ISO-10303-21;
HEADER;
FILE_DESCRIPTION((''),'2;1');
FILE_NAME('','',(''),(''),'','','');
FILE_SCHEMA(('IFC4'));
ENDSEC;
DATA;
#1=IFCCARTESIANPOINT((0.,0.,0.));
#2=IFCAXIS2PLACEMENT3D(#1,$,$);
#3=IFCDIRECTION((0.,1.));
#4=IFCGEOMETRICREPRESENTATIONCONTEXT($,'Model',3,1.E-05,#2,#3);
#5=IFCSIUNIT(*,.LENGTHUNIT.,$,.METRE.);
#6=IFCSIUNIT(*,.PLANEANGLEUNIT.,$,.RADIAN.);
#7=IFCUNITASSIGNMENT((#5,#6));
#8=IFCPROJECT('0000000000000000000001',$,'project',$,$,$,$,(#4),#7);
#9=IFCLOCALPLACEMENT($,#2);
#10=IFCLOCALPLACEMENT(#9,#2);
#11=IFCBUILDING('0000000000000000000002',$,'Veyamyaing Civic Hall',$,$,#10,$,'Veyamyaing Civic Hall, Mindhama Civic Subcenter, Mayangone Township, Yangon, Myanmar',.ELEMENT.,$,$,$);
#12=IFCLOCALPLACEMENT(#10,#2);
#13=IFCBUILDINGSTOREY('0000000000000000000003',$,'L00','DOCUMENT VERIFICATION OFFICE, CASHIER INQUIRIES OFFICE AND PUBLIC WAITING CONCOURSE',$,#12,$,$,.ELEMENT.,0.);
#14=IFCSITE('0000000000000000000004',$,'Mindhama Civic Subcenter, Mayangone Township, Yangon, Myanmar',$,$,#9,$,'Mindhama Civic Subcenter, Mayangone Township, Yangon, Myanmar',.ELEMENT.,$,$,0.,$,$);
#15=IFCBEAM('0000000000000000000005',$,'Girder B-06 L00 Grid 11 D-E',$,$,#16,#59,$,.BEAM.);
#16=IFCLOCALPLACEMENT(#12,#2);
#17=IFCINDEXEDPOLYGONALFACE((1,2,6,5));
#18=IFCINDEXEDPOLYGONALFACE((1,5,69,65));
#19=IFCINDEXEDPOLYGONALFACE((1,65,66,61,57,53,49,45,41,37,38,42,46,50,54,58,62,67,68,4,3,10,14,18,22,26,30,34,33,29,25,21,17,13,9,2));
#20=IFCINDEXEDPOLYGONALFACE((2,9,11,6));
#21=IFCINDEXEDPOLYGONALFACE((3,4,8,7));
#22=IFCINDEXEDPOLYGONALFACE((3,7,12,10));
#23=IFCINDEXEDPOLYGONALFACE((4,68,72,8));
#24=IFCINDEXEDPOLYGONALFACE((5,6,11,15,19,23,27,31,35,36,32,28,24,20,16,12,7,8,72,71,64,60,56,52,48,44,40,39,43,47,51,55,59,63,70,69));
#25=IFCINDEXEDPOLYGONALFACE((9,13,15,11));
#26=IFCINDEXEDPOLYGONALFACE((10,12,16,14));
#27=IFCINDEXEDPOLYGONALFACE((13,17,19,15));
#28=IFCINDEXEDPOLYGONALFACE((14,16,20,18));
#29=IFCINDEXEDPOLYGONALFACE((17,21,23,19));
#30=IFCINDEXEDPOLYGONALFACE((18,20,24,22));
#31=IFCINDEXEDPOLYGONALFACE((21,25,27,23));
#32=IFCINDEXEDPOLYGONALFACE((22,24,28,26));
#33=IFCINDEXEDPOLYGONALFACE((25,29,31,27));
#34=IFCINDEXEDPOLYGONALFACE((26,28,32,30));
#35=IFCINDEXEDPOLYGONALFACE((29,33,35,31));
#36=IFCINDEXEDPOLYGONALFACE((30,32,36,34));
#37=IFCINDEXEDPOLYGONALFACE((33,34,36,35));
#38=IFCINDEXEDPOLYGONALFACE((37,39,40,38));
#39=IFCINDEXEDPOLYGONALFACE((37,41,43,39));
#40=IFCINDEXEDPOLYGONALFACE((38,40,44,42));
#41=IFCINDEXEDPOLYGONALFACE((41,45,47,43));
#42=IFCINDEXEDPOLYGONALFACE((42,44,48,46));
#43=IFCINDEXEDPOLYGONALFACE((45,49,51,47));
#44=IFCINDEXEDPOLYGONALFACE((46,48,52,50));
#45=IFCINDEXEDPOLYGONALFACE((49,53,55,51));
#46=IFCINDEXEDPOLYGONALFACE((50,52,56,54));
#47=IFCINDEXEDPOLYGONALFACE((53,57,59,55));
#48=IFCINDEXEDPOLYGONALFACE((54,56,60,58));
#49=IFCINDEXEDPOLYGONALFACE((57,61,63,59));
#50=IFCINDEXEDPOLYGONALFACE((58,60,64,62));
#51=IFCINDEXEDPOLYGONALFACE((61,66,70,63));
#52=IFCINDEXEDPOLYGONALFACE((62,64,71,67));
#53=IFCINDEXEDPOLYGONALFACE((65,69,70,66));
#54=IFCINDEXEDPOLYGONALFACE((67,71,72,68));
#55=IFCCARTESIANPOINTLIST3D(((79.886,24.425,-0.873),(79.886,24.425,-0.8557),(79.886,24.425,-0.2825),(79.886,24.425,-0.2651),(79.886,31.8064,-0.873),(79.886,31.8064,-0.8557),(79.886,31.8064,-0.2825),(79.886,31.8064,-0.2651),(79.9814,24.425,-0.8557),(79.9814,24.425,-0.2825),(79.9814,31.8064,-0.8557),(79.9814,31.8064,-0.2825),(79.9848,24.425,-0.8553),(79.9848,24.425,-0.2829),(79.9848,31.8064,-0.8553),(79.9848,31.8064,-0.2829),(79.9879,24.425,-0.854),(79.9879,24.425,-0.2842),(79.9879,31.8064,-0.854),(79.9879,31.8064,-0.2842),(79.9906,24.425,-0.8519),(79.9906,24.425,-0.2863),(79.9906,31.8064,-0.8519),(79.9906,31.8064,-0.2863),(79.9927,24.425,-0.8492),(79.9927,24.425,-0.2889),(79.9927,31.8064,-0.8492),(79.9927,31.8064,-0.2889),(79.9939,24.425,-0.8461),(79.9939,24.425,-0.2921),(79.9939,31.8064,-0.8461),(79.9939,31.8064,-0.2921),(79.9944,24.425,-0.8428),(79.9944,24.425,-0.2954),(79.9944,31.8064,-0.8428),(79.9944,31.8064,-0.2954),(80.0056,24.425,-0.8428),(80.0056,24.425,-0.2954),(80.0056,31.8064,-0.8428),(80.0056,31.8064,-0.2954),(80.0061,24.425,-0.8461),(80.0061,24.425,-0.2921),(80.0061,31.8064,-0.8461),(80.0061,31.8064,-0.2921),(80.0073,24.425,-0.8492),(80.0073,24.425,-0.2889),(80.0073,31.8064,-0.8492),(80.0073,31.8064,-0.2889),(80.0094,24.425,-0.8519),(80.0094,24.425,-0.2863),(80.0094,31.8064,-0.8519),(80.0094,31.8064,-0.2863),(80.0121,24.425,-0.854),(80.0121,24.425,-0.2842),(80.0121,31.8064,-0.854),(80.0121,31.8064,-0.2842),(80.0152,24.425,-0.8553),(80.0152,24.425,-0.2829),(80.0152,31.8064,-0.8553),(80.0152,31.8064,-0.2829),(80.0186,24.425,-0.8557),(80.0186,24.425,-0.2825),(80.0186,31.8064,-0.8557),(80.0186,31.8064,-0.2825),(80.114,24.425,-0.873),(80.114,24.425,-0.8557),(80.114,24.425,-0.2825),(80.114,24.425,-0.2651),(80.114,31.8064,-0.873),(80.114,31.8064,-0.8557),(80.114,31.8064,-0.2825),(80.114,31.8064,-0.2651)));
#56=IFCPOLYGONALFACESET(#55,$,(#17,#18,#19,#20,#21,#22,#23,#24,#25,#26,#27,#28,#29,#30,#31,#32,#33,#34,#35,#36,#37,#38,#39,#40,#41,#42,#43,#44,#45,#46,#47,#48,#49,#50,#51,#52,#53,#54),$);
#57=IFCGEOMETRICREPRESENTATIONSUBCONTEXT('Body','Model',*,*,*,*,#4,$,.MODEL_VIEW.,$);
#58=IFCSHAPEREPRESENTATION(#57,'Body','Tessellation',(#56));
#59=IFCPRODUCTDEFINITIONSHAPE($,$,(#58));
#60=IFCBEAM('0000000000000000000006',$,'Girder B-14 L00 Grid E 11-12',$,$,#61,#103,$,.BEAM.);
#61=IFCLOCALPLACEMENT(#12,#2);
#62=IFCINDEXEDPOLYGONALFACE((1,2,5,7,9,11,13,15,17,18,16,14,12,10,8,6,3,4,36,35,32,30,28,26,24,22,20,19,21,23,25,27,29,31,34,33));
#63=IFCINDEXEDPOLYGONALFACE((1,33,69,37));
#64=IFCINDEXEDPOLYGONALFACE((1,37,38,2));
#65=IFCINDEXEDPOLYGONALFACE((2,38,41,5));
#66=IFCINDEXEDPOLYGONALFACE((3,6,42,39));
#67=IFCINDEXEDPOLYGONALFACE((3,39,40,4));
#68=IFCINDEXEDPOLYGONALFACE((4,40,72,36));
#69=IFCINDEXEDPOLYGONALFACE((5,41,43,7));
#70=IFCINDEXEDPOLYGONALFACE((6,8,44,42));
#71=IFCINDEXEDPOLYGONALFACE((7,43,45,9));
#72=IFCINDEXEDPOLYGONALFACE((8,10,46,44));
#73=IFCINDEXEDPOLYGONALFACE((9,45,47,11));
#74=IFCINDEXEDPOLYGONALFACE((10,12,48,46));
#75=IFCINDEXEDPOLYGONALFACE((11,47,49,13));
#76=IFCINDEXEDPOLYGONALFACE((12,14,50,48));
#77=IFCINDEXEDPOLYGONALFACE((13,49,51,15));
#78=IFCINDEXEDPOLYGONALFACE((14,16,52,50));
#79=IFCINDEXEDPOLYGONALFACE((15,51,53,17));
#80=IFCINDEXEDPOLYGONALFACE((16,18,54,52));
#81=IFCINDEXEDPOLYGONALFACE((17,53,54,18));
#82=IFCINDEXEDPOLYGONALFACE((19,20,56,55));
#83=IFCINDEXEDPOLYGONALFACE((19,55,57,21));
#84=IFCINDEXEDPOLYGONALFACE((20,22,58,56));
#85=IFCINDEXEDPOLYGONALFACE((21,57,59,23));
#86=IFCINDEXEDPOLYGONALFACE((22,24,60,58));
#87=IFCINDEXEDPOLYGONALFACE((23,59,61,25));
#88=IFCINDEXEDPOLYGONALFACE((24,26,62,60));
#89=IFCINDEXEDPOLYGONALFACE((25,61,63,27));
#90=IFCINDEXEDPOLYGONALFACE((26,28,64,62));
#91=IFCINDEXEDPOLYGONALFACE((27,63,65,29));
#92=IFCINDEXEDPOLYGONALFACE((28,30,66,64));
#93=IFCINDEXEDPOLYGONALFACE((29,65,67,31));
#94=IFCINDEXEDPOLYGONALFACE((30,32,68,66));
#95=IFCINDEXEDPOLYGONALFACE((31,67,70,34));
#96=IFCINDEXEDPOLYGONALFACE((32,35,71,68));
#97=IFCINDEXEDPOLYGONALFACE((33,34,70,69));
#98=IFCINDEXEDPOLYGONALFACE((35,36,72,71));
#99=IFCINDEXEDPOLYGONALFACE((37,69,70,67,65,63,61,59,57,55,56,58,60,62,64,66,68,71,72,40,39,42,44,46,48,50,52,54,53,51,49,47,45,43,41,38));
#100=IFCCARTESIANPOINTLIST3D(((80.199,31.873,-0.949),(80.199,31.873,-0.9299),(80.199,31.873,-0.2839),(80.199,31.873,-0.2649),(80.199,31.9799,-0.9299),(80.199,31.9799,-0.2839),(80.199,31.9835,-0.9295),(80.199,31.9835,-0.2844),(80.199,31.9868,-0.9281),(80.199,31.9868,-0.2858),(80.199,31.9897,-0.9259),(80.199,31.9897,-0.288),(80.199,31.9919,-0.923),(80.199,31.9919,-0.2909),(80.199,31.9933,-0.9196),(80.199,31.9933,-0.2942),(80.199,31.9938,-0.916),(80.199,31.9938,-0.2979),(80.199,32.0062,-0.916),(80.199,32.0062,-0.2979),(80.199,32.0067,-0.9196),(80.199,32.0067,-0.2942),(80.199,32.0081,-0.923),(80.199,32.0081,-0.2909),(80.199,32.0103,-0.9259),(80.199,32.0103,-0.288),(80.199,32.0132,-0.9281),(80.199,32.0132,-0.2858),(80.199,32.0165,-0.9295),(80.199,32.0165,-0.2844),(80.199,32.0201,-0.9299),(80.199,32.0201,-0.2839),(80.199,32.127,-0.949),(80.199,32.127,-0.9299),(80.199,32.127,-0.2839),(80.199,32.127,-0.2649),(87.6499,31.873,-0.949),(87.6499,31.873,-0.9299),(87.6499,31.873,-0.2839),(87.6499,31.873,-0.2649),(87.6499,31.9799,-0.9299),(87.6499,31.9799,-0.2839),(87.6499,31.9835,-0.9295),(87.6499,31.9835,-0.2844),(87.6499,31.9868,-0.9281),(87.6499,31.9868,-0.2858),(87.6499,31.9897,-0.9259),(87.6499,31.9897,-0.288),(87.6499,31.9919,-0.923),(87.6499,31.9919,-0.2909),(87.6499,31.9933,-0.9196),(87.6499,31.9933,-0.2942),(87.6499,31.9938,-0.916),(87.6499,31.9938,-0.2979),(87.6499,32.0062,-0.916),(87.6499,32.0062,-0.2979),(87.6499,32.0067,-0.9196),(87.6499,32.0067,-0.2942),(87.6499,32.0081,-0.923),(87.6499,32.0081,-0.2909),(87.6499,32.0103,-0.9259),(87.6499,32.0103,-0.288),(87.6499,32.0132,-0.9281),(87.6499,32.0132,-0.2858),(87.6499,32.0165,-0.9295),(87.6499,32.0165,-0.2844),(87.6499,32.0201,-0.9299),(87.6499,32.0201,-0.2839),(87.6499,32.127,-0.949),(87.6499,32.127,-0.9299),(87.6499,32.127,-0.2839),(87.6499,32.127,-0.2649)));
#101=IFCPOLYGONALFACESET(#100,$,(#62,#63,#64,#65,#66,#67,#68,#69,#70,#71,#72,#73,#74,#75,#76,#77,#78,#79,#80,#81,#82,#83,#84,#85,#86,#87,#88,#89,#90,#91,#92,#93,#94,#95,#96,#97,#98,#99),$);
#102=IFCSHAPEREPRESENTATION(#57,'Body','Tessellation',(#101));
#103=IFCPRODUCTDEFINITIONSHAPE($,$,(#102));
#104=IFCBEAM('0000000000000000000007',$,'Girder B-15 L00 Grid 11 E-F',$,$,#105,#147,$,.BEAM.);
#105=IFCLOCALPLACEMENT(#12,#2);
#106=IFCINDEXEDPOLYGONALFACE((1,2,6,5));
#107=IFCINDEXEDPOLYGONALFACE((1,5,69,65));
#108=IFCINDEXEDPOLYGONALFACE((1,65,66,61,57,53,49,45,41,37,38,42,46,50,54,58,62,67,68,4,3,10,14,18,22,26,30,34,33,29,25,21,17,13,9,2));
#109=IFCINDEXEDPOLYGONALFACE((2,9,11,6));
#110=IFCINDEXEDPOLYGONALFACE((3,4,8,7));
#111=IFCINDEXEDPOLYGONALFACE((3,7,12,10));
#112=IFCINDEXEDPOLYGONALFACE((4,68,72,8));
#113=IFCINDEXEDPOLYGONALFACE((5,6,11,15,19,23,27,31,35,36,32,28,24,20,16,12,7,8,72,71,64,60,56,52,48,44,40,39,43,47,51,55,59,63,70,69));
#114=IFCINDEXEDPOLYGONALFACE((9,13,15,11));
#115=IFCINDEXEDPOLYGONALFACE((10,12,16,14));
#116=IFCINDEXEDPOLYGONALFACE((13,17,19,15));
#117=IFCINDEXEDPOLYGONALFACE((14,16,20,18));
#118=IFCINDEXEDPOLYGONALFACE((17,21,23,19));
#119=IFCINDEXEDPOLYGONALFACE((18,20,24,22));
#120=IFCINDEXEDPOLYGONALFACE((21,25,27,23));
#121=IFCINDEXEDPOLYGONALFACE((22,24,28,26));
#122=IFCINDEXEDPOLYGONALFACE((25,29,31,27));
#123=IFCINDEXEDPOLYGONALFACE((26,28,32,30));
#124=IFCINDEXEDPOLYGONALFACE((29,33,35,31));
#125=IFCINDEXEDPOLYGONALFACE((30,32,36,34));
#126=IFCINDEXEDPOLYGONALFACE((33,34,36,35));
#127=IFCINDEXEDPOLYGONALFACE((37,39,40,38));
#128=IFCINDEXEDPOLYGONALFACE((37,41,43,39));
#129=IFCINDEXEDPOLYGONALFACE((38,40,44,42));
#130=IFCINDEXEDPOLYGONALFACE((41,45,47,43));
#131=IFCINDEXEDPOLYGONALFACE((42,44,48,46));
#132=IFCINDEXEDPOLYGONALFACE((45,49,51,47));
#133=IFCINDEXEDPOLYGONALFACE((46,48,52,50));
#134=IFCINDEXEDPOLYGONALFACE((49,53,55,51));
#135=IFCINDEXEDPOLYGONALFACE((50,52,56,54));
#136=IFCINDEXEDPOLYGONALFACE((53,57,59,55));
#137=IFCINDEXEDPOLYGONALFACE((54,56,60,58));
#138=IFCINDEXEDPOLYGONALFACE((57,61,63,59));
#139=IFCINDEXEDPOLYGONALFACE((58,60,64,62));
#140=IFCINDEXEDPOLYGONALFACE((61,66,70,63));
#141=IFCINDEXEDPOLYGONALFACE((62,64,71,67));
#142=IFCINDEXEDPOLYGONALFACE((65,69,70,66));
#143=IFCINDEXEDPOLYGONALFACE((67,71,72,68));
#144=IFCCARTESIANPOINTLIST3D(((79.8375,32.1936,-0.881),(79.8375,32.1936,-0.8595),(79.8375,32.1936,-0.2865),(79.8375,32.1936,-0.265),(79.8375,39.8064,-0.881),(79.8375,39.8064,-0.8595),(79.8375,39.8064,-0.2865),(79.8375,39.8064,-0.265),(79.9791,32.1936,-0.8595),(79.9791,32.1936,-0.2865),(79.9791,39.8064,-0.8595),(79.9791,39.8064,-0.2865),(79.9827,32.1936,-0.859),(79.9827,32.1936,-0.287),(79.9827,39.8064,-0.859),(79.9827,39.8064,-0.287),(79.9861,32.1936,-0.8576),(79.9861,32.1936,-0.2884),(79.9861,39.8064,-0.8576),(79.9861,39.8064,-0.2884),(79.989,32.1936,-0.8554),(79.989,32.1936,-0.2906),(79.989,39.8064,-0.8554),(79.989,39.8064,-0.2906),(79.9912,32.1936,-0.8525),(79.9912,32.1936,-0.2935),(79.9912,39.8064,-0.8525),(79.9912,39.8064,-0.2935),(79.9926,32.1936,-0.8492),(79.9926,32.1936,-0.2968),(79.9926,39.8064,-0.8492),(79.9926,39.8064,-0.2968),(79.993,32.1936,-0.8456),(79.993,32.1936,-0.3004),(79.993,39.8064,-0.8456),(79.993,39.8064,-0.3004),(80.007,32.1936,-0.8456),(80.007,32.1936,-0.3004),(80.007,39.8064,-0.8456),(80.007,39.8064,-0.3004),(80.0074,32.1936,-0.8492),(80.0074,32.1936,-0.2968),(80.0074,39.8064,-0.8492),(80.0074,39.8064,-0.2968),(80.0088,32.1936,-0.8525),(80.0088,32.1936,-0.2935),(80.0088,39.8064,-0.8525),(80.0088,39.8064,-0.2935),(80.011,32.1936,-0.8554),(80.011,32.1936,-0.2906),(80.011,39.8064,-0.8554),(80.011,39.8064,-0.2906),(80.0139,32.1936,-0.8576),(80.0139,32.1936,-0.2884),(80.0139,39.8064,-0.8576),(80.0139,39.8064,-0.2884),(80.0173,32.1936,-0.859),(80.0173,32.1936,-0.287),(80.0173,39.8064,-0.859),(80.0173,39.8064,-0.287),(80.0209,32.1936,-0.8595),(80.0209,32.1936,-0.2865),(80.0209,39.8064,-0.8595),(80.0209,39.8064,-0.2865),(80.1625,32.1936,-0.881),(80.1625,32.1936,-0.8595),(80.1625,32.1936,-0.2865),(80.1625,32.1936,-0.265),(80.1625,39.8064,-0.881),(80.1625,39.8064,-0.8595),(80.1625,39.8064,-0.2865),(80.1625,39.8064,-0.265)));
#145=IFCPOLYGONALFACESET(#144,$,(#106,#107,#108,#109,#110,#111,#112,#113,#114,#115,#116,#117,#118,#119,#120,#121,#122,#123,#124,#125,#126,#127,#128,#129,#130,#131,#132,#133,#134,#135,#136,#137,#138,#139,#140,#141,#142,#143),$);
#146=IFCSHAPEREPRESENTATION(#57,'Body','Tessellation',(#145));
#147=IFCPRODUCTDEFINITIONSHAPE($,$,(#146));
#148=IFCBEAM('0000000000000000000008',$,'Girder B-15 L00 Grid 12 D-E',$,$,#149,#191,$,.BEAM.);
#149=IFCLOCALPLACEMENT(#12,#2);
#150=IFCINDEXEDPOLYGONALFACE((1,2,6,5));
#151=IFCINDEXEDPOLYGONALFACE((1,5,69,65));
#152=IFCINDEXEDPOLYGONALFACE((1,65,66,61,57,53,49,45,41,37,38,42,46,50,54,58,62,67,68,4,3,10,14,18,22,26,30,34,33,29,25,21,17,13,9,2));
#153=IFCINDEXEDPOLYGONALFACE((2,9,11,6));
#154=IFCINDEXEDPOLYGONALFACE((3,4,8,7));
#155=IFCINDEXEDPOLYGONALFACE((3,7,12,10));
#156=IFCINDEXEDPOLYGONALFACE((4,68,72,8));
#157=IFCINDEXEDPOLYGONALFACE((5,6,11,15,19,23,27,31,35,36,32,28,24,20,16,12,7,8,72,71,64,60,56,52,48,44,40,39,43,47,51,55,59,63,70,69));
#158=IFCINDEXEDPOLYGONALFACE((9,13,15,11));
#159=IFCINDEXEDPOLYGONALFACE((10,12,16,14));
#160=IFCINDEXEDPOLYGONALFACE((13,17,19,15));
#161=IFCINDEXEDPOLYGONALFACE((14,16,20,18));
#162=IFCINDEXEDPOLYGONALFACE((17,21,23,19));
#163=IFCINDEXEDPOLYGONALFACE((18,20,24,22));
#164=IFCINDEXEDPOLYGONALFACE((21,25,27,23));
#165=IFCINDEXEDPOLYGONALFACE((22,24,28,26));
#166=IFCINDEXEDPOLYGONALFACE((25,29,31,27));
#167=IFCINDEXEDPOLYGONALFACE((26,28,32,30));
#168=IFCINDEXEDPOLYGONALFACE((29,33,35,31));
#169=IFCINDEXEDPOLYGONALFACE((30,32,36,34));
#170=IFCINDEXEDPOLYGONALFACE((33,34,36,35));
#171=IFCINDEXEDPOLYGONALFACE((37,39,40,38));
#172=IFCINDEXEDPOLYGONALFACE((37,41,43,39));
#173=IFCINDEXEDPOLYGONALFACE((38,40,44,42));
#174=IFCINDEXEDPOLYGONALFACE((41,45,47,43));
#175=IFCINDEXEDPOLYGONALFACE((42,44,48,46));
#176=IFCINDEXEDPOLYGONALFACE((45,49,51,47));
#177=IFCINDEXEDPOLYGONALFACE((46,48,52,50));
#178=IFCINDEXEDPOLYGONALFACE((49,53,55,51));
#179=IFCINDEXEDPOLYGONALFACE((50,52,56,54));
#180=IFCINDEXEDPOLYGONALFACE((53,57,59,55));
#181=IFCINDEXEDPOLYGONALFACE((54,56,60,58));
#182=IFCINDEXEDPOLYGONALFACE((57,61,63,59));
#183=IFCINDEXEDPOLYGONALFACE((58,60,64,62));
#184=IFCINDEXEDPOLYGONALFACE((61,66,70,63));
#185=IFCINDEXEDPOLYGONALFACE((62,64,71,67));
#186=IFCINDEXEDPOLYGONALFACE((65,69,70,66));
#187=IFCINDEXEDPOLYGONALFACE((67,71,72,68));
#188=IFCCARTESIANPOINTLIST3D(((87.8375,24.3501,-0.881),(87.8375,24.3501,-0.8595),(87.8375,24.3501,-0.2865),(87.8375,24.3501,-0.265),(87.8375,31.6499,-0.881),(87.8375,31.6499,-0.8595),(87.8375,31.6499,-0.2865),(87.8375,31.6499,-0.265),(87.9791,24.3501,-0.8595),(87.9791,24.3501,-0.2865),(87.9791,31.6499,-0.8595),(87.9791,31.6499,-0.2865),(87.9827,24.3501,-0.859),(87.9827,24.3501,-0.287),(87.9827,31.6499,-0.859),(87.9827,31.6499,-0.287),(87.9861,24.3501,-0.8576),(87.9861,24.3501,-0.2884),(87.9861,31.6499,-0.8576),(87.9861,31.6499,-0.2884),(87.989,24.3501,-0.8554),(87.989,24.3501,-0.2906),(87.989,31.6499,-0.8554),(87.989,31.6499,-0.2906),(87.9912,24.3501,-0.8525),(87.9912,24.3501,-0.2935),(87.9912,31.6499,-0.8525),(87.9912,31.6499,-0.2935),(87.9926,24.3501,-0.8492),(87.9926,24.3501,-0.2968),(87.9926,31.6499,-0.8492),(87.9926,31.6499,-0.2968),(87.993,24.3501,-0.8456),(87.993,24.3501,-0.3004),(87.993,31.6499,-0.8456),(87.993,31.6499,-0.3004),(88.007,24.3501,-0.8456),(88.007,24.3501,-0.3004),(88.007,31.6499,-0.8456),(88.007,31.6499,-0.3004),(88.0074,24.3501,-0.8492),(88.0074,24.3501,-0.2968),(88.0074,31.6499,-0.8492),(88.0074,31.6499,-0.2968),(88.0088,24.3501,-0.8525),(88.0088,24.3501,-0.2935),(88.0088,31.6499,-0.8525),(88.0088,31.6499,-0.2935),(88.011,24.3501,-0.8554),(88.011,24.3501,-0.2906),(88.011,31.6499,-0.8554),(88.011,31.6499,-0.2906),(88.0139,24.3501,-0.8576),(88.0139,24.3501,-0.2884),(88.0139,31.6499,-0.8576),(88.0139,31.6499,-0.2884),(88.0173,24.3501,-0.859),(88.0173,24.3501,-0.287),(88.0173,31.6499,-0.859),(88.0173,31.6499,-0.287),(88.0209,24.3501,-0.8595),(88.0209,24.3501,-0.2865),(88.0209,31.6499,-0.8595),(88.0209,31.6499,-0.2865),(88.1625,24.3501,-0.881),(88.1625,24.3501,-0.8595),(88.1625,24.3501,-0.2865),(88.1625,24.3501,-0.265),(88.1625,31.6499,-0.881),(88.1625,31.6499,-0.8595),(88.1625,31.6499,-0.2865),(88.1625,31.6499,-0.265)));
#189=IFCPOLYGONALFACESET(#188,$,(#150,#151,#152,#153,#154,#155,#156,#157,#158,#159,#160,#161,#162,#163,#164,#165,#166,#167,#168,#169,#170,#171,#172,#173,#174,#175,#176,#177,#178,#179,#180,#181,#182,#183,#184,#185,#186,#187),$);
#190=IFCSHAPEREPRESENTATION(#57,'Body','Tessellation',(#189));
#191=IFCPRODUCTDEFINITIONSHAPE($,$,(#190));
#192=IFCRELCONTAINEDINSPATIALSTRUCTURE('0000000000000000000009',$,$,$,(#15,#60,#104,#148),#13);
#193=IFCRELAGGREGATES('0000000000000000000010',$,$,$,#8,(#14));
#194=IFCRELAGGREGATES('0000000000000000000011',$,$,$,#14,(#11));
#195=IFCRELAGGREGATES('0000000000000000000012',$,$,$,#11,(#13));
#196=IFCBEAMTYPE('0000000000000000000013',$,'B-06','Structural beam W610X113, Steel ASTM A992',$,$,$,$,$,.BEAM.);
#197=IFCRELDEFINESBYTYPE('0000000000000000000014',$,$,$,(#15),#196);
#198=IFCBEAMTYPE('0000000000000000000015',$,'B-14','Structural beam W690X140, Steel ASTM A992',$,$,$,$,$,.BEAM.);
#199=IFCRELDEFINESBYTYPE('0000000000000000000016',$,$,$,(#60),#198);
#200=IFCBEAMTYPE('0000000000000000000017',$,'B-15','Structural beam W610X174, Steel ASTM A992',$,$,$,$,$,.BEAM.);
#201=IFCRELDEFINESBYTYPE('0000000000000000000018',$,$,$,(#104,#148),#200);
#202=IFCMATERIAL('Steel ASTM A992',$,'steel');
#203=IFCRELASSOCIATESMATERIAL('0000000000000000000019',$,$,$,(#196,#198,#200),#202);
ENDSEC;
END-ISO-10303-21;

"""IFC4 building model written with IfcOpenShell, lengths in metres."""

from ifc_helpers import new_model, si_unit, direction, frame, origin, origin_2d, place, context, subcontext, project, spatial, i_section, extrude, material, material_profile, profile_set, type_object, element, save


model = new_model("IFC4")

# Units and contexts
model_context = context("Model", 3, precision=1e-05, world=origin(), true_north=direction((0.0, 1.0)))
body_context = subcontext(model_context, "Body", "Model", "MODEL_VIEW")
ifc_project = project(units=[si_unit("LENGTHUNIT", "METRE"), si_unit("PLANEANGLEUNIT", "RADIAN")], contexts=[model_context])

# Site, building, storey
site_placement = place(None, origin())
site = spatial("IfcSite", under=ifc_project, at=site_placement, Name="Mindhama Civic Subcenter, Mayangone Township, Yangon, Myanmar", LongName="Mindhama Civic Subcenter, Mayangone Township, Yangon, Myanmar", CompositionType="ELEMENT", RefElevation=0.0)
building_placement = place(site_placement, origin())
building = spatial("IfcBuilding", under=site, at=building_placement, Name="Veyamyaing Civic Hall", LongName="Veyamyaing Civic Hall, Mindhama Civic Subcenter, Mayangone Township, Yangon, Myanmar", CompositionType="ELEMENT")
storey_placement = place(building_placement, origin())
storey = spatial("IfcBuildingStorey", under=building, at=storey_placement, Name="L00", Description="DOCUMENT VERIFICATION OFFICE, CASHIER INQUIRIES OFFICE AND PUBLIC WAITING CONCOURSE", CompositionType="ELEMENT", Elevation=0.0)

# Beams
ifc_material_1 = material(Name="Steel ASTM A992", Category="steel")
ifc_material_profile_1 = material_profile(ifc_material_1, i_section(OverallWidth=0.228, OverallDepth=0.6079, WebThickness=0.0112, FlangeThickness=0.0173, FilletRadius=0.0129, at=origin_2d()), Name="W610X113")
ifc_profile_set_1 = profile_set([ifc_material_profile_1], Name="Steel ASTM A992")
beam_type_1 = type_object("IfcBeamType", Name="B-06", Description="Structural beam W610X113, Steel ASTM A992", PredefinedType="BEAM", material=ifc_profile_set_1)
beam_1_placement = place(storey_placement, frame((80.0, 24.425, -0.5691), z_axis=(0.0, 1.0, 0.0), x_axis=(-1.0, 0.0, 0.0)))
element("IfcBeam", 1, at=beam_1_placement, inside=storey, type_object=beam_type_1, Name="Girder B-06 L00 Grid 11 D-E", PredefinedType="BEAM", context=body_context, shape_type="SweptSolid", body=[
    extrude(i_section(OverallWidth=0.228, OverallDepth=0.6079, WebThickness=0.0112, FlangeThickness=0.0173, FilletRadius=0.0129, at=origin_2d()), origin(), (0.0, 0.0, 1.0), 7.3813),
])
ifc_material_profile_2 = material_profile(ifc_material_1, i_section(OverallWidth=0.2539, OverallDepth=0.6841, WebThickness=0.0125, FlangeThickness=0.019, FilletRadius=0.0139, at=origin_2d()), Name="W690X140")
ifc_profile_set_2 = profile_set([ifc_material_profile_2], Name="Steel ASTM A992")
beam_type_2 = type_object("IfcBeamType", Name="B-14", Description="Structural beam W690X140, Steel ASTM A992", PredefinedType="BEAM", material=ifc_profile_set_2)
beam_2_placement = place(storey_placement, frame((80.199, 32.0, -0.6069), z_axis=(1.0, 0.0, 0.0), x_axis=(0.0, 1.0, 0.0)))
element("IfcBeam", 2, at=beam_2_placement, inside=storey, type_object=beam_type_2, Name="Girder B-14 L00 Grid E 11-12", PredefinedType="BEAM", context=body_context, shape_type="SweptSolid", body=[
    extrude(i_section(OverallWidth=0.2539, OverallDepth=0.6841, WebThickness=0.0125, FlangeThickness=0.019, FilletRadius=0.0139, at=origin_2d()), origin(), (0.0, 0.0, 1.0), 7.4509),
])
ifc_material_profile_3 = material_profile(ifc_material_1, i_section(OverallWidth=0.325, OverallDepth=0.616, WebThickness=0.0139, FlangeThickness=0.0215, FilletRadius=0.0139, at=origin_2d()), Name="W610X174")
ifc_profile_set_3 = profile_set([ifc_material_profile_3], Name="Steel ASTM A992")
beam_type_3 = type_object("IfcBeamType", Name="B-15", Description="Structural beam W610X174, Steel ASTM A992", PredefinedType="BEAM", material=ifc_profile_set_3)
beam_3_placement = place(storey_placement, frame((80.0, 32.1936, -0.573), z_axis=(0.0, 1.0, 0.0), x_axis=(-1.0, 0.0, 0.0)))
element("IfcBeam", 3, at=beam_3_placement, inside=storey, type_object=beam_type_3, Name="Girder B-15 L00 Grid 11 E-F", PredefinedType="BEAM", context=body_context, shape_type="SweptSolid", body=[
    extrude(i_section(OverallWidth=0.325, OverallDepth=0.616, WebThickness=0.0139, FlangeThickness=0.0215, FilletRadius=0.0139, at=origin_2d()), origin(), (0.0, 0.0, 1.0), 7.6128),
])
beam_4_placement = place(storey_placement, frame((88.0, 24.3501, -0.573), z_axis=(0.0, 1.0, 0.0), x_axis=(-1.0, 0.0, 0.0)))
element("IfcBeam", 4, at=beam_4_placement, inside=storey, type_object=beam_type_3, Name="Girder B-15 L00 Grid 12 D-E", PredefinedType="BEAM", context=body_context, shape_type="SweptSolid", body=[
    extrude(i_section(OverallWidth=0.325, OverallDepth=0.616, WebThickness=0.0139, FlangeThickness=0.0215, FilletRadius=0.0139, at=origin_2d()), origin(), (0.0, 0.0, 1.0), 7.2998),
])

save(model, "model.ifc")
